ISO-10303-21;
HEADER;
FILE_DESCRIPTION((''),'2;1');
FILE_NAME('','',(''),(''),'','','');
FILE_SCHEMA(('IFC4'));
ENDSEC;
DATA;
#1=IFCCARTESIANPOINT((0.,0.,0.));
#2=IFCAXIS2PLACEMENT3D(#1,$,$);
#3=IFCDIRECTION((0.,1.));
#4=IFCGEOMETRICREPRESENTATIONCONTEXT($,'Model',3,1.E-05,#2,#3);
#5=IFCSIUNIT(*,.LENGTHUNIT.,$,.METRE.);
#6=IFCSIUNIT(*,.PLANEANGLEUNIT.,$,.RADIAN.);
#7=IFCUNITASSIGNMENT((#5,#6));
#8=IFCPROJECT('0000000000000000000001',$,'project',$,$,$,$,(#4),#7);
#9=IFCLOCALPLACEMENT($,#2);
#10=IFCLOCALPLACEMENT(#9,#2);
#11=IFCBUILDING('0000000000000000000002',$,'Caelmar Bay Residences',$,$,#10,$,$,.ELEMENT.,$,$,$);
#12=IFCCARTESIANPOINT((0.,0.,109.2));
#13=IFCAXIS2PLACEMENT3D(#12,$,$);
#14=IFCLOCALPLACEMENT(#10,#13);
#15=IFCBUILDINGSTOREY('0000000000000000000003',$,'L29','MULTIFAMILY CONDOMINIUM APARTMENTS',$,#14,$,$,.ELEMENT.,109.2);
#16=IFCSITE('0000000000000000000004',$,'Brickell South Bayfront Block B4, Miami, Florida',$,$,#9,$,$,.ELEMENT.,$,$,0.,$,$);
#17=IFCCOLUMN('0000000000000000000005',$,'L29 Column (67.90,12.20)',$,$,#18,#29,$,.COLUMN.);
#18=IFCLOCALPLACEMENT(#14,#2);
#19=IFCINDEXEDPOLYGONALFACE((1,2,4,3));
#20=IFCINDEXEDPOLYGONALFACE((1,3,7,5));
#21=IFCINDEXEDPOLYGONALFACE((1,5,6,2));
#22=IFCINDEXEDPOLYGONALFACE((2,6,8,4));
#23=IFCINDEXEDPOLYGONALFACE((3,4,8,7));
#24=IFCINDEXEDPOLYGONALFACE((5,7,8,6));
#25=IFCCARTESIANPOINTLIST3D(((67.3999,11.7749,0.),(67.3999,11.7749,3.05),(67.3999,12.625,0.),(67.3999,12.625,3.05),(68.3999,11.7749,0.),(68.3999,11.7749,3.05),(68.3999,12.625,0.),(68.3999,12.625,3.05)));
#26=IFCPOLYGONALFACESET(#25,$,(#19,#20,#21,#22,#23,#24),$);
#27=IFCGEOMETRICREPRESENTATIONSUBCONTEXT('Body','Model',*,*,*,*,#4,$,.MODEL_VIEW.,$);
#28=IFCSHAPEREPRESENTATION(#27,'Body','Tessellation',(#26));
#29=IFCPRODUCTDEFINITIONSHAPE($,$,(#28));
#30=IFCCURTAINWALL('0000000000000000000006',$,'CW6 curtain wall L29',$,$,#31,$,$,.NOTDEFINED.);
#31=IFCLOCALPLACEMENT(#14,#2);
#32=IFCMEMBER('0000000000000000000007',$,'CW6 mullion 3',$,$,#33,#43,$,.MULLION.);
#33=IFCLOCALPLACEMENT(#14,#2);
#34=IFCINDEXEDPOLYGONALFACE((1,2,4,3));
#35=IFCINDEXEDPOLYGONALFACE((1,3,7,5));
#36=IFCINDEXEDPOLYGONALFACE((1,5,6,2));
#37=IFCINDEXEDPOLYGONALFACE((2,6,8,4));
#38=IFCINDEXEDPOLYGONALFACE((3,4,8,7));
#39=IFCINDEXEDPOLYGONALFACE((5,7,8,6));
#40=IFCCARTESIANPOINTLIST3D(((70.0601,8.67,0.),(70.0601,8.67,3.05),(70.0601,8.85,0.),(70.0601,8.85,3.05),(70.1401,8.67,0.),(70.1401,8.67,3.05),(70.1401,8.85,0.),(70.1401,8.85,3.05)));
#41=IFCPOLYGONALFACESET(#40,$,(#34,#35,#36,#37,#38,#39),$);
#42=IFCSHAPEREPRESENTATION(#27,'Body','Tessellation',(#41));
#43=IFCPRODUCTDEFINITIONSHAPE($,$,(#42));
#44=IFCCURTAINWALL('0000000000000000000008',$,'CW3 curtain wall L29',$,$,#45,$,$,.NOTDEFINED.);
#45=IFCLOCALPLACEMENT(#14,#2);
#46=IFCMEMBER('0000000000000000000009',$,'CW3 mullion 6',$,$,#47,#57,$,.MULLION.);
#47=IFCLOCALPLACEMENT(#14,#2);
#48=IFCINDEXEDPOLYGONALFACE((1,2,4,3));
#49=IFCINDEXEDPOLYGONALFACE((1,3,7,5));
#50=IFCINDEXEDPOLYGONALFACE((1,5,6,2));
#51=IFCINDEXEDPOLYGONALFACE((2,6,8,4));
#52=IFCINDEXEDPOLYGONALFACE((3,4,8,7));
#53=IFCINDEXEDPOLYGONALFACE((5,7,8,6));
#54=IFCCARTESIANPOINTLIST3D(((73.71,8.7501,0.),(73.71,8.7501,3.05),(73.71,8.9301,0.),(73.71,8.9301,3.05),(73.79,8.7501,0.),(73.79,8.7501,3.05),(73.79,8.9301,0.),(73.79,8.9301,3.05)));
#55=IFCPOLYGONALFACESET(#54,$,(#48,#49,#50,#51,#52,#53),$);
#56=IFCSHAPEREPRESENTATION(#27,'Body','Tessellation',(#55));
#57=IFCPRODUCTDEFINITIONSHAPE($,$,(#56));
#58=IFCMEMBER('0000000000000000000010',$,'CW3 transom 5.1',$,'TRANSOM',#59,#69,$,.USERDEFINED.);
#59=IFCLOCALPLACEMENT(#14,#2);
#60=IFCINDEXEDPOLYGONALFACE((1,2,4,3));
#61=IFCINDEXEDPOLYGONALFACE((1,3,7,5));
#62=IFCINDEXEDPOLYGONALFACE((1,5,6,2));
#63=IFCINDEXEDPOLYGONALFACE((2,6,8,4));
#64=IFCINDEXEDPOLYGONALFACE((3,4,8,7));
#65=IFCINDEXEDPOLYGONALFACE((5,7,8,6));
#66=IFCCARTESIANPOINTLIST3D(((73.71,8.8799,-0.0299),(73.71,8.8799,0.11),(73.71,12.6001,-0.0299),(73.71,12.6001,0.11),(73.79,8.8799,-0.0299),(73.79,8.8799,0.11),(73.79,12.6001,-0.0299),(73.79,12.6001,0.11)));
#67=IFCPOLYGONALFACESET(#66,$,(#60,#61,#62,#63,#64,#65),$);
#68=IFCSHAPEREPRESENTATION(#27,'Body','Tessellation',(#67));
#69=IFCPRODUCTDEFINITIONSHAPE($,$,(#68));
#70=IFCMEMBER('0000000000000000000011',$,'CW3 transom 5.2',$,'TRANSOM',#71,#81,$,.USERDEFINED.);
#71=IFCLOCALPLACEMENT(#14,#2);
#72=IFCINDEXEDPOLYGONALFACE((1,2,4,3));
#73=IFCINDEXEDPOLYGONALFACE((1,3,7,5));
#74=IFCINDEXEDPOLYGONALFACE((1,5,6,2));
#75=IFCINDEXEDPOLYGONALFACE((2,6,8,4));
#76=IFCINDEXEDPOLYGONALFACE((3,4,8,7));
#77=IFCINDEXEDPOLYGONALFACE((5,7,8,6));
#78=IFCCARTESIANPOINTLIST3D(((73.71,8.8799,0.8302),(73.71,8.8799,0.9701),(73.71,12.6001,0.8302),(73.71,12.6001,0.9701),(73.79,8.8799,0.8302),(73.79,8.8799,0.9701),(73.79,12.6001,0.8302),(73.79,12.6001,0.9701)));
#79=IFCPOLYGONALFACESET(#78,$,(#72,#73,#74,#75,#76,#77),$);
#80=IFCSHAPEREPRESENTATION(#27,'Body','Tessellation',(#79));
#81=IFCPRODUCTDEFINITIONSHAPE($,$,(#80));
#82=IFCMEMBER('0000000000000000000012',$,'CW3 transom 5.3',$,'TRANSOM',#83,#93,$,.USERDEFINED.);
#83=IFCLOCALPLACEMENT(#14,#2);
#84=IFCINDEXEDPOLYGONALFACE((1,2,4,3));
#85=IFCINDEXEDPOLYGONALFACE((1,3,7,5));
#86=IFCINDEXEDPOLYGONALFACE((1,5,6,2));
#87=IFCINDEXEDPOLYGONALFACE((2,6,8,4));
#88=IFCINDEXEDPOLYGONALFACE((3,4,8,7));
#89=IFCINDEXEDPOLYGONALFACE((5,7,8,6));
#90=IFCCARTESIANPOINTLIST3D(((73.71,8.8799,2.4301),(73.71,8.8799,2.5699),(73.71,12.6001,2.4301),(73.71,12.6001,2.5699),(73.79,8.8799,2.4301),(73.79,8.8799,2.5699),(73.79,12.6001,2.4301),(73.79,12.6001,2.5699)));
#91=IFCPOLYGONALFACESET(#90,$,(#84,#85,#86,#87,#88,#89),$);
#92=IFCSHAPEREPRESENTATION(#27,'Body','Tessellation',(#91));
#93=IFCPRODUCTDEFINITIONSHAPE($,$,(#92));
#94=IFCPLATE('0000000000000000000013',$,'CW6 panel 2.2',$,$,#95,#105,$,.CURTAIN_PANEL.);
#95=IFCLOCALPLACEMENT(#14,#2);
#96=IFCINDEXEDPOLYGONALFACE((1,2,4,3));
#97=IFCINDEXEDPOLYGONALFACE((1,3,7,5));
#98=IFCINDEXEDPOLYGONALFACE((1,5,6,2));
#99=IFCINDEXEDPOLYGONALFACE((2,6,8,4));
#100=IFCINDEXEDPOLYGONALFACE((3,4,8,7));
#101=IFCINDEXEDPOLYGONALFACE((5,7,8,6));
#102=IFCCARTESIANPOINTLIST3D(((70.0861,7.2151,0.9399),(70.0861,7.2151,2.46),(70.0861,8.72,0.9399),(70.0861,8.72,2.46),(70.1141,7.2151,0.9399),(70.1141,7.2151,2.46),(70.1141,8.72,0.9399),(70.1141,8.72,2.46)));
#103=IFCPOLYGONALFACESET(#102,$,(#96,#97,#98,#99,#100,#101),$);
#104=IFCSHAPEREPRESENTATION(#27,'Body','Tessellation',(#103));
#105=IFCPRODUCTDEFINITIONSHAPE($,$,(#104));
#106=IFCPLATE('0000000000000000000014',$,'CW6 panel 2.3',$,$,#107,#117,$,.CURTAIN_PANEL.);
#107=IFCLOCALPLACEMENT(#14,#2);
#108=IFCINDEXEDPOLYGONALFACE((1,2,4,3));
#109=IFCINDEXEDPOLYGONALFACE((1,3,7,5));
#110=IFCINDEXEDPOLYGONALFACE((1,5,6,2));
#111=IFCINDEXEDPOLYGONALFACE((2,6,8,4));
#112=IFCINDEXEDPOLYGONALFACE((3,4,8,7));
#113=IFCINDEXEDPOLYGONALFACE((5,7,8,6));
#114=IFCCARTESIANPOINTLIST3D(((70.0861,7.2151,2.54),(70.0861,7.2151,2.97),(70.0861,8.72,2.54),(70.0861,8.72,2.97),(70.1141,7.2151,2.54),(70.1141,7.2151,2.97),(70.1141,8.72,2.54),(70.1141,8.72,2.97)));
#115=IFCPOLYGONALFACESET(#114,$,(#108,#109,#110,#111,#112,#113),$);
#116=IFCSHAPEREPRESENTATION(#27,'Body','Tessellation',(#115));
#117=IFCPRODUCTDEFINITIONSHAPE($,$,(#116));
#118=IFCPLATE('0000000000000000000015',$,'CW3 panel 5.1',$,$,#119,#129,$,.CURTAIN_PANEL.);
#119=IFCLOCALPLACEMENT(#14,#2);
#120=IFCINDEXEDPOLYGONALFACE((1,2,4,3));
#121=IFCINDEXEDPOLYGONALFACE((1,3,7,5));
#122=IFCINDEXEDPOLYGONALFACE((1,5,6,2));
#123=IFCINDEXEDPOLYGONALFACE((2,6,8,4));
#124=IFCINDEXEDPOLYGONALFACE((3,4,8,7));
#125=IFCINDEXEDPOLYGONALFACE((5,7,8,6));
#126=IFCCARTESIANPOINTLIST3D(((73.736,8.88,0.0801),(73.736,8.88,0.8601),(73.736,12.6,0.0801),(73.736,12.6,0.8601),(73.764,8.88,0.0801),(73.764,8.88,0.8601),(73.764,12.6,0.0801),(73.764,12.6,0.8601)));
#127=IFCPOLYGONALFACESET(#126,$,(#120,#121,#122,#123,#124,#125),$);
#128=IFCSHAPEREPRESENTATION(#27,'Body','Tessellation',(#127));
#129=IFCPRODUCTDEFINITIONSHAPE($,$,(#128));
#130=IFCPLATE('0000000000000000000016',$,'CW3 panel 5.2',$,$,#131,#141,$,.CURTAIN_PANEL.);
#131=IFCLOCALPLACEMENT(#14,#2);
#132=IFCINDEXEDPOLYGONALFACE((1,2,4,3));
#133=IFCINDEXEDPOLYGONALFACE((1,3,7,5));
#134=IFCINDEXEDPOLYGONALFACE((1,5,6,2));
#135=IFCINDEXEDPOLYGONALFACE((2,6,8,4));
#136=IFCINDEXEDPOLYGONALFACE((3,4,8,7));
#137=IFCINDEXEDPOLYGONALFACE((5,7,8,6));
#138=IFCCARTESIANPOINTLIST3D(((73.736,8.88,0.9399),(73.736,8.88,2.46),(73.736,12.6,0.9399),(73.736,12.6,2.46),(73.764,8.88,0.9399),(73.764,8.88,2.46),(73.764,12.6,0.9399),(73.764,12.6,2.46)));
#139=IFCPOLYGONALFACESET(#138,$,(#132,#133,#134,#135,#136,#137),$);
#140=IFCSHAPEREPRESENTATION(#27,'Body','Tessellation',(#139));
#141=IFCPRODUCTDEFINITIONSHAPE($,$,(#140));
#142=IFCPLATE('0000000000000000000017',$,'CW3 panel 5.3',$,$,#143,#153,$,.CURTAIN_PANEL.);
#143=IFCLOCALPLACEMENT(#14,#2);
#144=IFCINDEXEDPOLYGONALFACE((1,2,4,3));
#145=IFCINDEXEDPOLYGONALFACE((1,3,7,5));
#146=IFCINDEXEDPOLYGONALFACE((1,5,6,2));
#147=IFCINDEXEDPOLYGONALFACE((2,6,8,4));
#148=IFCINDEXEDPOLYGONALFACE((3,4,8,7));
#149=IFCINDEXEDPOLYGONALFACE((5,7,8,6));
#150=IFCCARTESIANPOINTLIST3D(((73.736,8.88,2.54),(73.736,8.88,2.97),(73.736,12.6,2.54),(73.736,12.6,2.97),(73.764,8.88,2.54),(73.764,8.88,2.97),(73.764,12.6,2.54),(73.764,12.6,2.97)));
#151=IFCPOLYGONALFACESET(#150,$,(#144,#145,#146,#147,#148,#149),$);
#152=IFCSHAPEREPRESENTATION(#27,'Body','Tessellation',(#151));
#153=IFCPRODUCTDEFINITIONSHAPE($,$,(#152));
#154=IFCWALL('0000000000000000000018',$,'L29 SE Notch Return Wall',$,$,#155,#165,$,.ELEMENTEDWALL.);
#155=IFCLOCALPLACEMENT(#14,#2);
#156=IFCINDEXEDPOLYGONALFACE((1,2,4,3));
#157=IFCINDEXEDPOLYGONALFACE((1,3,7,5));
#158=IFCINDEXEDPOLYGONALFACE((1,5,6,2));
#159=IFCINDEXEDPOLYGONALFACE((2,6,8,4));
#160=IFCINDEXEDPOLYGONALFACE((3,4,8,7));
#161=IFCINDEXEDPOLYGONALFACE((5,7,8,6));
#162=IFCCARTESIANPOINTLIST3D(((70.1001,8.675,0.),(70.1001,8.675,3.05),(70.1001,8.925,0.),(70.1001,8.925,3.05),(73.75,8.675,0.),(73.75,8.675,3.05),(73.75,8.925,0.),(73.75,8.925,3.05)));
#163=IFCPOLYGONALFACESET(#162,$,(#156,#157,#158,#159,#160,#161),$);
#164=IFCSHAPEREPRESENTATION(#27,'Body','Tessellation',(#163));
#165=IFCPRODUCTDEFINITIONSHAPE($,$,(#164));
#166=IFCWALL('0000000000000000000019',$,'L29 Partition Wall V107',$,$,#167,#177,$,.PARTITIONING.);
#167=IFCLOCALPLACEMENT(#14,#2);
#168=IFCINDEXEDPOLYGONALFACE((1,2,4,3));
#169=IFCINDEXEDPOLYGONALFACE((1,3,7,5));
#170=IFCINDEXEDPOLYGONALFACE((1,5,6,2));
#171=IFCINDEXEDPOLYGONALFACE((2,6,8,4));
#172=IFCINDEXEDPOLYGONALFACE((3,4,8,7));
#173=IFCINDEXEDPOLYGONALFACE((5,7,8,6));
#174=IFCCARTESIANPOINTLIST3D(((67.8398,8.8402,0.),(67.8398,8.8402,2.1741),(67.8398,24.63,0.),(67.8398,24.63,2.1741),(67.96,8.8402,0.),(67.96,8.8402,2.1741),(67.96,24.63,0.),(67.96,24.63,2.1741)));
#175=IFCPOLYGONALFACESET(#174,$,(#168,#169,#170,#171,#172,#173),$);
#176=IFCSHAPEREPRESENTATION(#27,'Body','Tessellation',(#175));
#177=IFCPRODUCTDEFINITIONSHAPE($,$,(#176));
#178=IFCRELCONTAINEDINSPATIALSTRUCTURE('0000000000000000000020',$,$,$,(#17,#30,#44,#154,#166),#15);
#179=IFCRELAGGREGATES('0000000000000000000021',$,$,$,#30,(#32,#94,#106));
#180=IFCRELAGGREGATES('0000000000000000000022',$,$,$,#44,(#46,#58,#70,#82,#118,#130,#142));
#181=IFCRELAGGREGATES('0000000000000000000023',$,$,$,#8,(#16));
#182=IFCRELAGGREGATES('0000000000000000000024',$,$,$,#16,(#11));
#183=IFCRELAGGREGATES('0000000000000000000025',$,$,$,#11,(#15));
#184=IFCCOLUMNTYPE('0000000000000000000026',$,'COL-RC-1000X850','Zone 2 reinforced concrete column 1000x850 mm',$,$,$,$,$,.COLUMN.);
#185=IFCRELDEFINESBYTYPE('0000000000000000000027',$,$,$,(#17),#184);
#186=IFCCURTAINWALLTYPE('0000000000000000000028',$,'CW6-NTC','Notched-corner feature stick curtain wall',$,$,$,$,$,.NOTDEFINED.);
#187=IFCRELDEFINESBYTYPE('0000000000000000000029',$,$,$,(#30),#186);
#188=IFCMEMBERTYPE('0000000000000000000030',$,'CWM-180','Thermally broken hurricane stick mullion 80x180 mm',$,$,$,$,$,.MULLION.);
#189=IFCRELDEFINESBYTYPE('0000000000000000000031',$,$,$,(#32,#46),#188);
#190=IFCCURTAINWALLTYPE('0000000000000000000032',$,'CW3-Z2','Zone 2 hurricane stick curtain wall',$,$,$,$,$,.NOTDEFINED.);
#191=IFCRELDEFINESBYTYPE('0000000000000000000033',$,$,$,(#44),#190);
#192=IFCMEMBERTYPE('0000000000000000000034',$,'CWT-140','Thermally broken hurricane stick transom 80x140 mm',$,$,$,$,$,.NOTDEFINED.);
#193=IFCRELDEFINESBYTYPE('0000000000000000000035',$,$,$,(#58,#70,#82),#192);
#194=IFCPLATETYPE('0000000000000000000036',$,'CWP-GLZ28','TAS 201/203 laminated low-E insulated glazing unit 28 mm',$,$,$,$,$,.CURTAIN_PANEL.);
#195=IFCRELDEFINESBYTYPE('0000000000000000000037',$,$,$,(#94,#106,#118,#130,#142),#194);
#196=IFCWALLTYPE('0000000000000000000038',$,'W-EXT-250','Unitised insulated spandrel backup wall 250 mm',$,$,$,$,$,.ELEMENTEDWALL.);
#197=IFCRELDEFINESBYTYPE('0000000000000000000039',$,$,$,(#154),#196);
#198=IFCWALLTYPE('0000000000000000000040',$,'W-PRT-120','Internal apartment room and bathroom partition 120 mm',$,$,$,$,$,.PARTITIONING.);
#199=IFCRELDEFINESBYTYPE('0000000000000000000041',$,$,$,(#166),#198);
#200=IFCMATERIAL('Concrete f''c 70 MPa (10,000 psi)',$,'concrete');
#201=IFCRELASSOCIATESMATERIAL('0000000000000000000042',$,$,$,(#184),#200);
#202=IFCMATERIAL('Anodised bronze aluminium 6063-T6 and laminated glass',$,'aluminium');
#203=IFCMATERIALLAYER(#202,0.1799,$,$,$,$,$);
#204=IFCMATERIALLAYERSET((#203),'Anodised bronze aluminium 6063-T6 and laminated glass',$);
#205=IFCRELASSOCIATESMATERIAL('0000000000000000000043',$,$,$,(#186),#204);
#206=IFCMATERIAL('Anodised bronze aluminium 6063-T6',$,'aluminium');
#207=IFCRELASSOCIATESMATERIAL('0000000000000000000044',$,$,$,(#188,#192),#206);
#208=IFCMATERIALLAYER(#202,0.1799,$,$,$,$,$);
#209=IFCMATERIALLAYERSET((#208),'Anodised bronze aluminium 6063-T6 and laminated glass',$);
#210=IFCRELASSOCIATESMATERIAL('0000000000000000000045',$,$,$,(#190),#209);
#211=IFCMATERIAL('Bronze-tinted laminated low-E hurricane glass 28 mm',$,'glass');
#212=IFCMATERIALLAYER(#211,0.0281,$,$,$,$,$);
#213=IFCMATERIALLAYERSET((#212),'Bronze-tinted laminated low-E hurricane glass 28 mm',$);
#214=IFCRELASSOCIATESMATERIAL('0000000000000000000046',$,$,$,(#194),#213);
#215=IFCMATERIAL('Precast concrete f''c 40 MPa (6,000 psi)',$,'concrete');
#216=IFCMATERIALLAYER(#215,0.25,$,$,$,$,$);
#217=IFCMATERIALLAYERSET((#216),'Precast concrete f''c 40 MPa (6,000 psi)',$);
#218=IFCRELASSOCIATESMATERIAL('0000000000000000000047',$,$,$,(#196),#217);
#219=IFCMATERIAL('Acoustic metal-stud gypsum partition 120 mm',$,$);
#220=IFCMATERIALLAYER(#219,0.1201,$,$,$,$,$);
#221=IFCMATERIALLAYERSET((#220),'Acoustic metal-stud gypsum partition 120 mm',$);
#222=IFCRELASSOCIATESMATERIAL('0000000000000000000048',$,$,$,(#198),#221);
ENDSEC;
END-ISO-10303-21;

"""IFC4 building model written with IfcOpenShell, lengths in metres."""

from ifc_helpers import new_model, si_unit, direction, frame, frame_2d, origin, origin_2d, place, context, subcontext, project, spatial, rectangle, extrude, material, layer, layer_set, material_profile, profile_set, type_object, element, aggregate, save


model = new_model("IFC4")

# Units and contexts
model_context = context("Model", 3, precision=1e-05, world=origin(), true_north=direction((0.0, 1.0)))
body_context = subcontext(model_context, "Body", "Model", "MODEL_VIEW")
ifc_project = project(units=[si_unit("LENGTHUNIT", "METRE"), si_unit("PLANEANGLEUNIT", "RADIAN")], contexts=[model_context])

# Site, building, storey
site_placement = place(None, origin())
site = spatial("IfcSite", under=ifc_project, at=site_placement, Name="Brickell South Bayfront Block B4, Miami, Florida", CompositionType="ELEMENT", RefElevation=0.0)
building_placement = place(site_placement, origin())
building = spatial("IfcBuilding", under=site, at=building_placement, Name="Caelmar Bay Residences", CompositionType="ELEMENT")
storey_placement = place(building_placement, frame((0.0, 0.0, 109.2)))
storey = spatial("IfcBuildingStorey", under=building, at=storey_placement, Name="L29", Description="MULTIFAMILY CONDOMINIUM APARTMENTS", CompositionType="ELEMENT", Elevation=109.2)

# Column
ifc_material_1 = material(Name="Concrete f'c 70 MPa (10,000 psi)", Category="concrete")
ifc_material_profile_1 = material_profile(ifc_material_1, rectangle(XDim=1.0, YDim=0.8501, at=origin_2d()), Name="RC-COL-1000X850")
ifc_profile_set_1 = profile_set([ifc_material_profile_1], Name="Concrete f'c 70 MPa (10,000 psi)")
column_type = type_object("IfcColumnType", Name="COL-RC-1000X850", Description="Zone 2 reinforced concrete column 1000x850 mm", PredefinedType="COLUMN", material=ifc_profile_set_1)
column_placement = place(storey_placement, frame((67.8999, 12.2, 0.0), z_axis=(0.0, 0.0, 1.0), x_axis=(1.0, 0.0, 0.0)))
element("IfcColumn", 1, at=column_placement, inside=storey, type_object=column_type, Name="L29 Column (67.90,12.20)", PredefinedType="COLUMN", context=body_context, shape_type="SweptSolid", body=[
    extrude(rectangle(XDim=1.0, YDim=0.8501, at=origin_2d()), origin(), (0.0, 0.0, 1.0), 3.05),
])

# Curtain wall, member
ifc_material_2 = material(Name="Anodised bronze aluminium 6063-T6 and laminated glass", Category="aluminium")
ifc_layer_1 = layer(ifc_material_2, 0.1799)
ifc_layer_set_1 = layer_set([ifc_layer_1], Name="Anodised bronze aluminium 6063-T6 and laminated glass")
curtain_wall_type_1 = type_object("IfcCurtainWallType", Name="CW6-NTC", Description="Notched-corner feature stick curtain wall", PredefinedType="NOTDEFINED", material=ifc_layer_set_1)
curtain_wall_1_placement = place(storey_placement, origin())
curtain_wall_1 = element("IfcCurtainWall", 2, at=curtain_wall_1_placement, inside=storey, type_object=curtain_wall_type_1, Name="CW6 curtain wall L29", PredefinedType="NOTDEFINED")
ifc_material_3 = material(Name="Anodised bronze aluminium 6063-T6", Category="aluminium")
ifc_material_profile_2 = material_profile(ifc_material_3, rectangle(XDim=0.0801, YDim=0.1799, at=origin_2d()), Name="CWM-80X180")
ifc_profile_set_2 = profile_set([ifc_material_profile_2], Name="Anodised bronze aluminium 6063-T6")
member_type_1 = type_object("IfcMemberType", Name="CWM-180", Description="Thermally broken hurricane stick mullion 80x180 mm", PredefinedType="MULLION", material=ifc_profile_set_2)
member_1_placement = place(storey_placement, frame((70.1001, 8.76, 0.0), z_axis=(0.0, 0.0, 1.0), x_axis=(-1.0, 0.0, 0.0)))
member_1 = element("IfcMember", 3, at=member_1_placement, type_object=member_type_1, Name="CW6 mullion 3", PredefinedType="MULLION", context=body_context, shape_type="SweptSolid", body=[
    extrude(rectangle(XDim=0.0801, YDim=0.1799, at=origin_2d()), origin(), (0.0, 0.0, 1.0), 3.05),
])

# Curtain wall, members
ifc_layer_2 = layer(ifc_material_2, 0.1799)
ifc_layer_set_2 = layer_set([ifc_layer_2], Name="Anodised bronze aluminium 6063-T6 and laminated glass")
curtain_wall_type_2 = type_object("IfcCurtainWallType", Name="CW3-Z2", Description="Zone 2 hurricane stick curtain wall", PredefinedType="NOTDEFINED", material=ifc_layer_set_2)
curtain_wall_2_placement = place(storey_placement, origin())
curtain_wall_2 = element("IfcCurtainWall", 4, at=curtain_wall_2_placement, inside=storey, type_object=curtain_wall_type_2, Name="CW3 curtain wall L29", PredefinedType="NOTDEFINED")
member_2_placement = place(storey_placement, frame((73.75, 8.8401, 0.0), z_axis=(0.0, 0.0, 1.0), x_axis=(1.0, 0.0, 0.0)))
member_2 = element("IfcMember", 5, at=member_2_placement, type_object=member_type_1, Name="CW3 mullion 6", PredefinedType="MULLION", context=body_context, shape_type="SweptSolid", body=[
    extrude(rectangle(XDim=0.0801, YDim=0.1799, at=origin_2d()), origin(), (0.0, 0.0, 1.0), 3.05),
])
ifc_material_profile_3 = material_profile(ifc_material_3, rectangle(XDim=0.0801, YDim=0.1399, at=origin_2d()), Name="CWT-80X140")
ifc_profile_set_3 = profile_set([ifc_material_profile_3], Name="Anodised bronze aluminium 6063-T6")
member_type_2 = type_object("IfcMemberType", Name="CWT-140", Description="Thermally broken hurricane stick transom 80x140 mm", PredefinedType="NOTDEFINED", material=ifc_profile_set_3)
member_3_placement = place(storey_placement, frame((73.75, 12.6001, 0.04), z_axis=(0.0, -1.0, 0.0), x_axis=(1.0, 0.0, 0.0)))
member_3 = element("IfcMember", 6, at=member_3_placement, type_object=member_type_2, Name="CW3 transom 5.1", ObjectType="TRANSOM", PredefinedType="USERDEFINED", context=body_context, shape_type="SweptSolid", body=[
    extrude(rectangle(XDim=0.0801, YDim=0.1399, at=origin_2d()), origin(), (0.0, 0.0, 1.0), 3.7202),
])
member_4_placement = place(storey_placement, frame((73.75, 12.6001, 0.9001), z_axis=(0.0, -1.0, 0.0), x_axis=(1.0, 0.0, 0.0)))
member_4 = element("IfcMember", 7, at=member_4_placement, type_object=member_type_2, Name="CW3 transom 5.2", ObjectType="TRANSOM", PredefinedType="USERDEFINED", context=body_context, shape_type="SweptSolid", body=[
    extrude(rectangle(XDim=0.0801, YDim=0.1399, at=origin_2d()), origin(), (0.0, 0.0, 1.0), 3.7202),
])
member_5_placement = place(storey_placement, frame((73.75, 12.6001, 2.5), z_axis=(0.0, -1.0, 0.0), x_axis=(1.0, 0.0, 0.0)))
member_5 = element("IfcMember", 8, at=member_5_placement, type_object=member_type_2, Name="CW3 transom 5.3", ObjectType="TRANSOM", PredefinedType="USERDEFINED", context=body_context, shape_type="SweptSolid", body=[
    extrude(rectangle(XDim=0.0801, YDim=0.1399, at=origin_2d()), origin(), (0.0, 0.0, 1.0), 3.7202),
])

# Plates
ifc_material_4 = material(Name="Bronze-tinted laminated low-E hurricane glass 28 mm", Category="glass")
ifc_layer_3 = layer(ifc_material_4, 0.0281)
ifc_layer_set_3 = layer_set([ifc_layer_3], Name="Bronze-tinted laminated low-E hurricane glass 28 mm")
plate_type = type_object("IfcPlateType", Name="CWP-GLZ28", Description="TAS 201/203 laminated low-E insulated glazing unit 28 mm", PredefinedType="CURTAIN_PANEL", material=ifc_layer_set_3)
plate_1_placement = place(storey_placement, frame((70.1001, 7.9675, 0.9399), z_axis=(0.0, 0.0, 1.0), x_axis=(0.0, 1.0, 0.0)))
plate_1 = element("IfcPlate", 9, at=plate_1_placement, type_object=plate_type, Name="CW6 panel 2.2", PredefinedType="CURTAIN_PANEL", context=body_context, shape_type="SweptSolid", body=[
    extrude(rectangle(XDim=1.5049, YDim=0.0281, at=origin_2d()), origin(), (0.0, 0.0, 1.0), 1.52),
])
plate_2_placement = place(storey_placement, frame((70.1001, 7.9675, 2.54), z_axis=(0.0, 0.0, 1.0), x_axis=(0.0, 1.0, 0.0)))
plate_2 = element("IfcPlate", 10, at=plate_2_placement, type_object=plate_type, Name="CW6 panel 2.3", PredefinedType="CURTAIN_PANEL", context=body_context, shape_type="SweptSolid", body=[
    extrude(rectangle(XDim=1.5049, YDim=0.0281, at=origin_2d()), origin(), (0.0, 0.0, 1.0), 0.4299),
])
aggregate(curtain_wall_1, [member_1, plate_1, plate_2])
plate_3_placement = place(storey_placement, frame((73.75, 10.74, 0.0801), z_axis=(0.0, 0.0, 1.0), x_axis=(0.0, -1.0, 0.0)))
plate_3 = element("IfcPlate", 11, at=plate_3_placement, type_object=plate_type, Name="CW3 panel 5.1", PredefinedType="CURTAIN_PANEL", context=body_context, shape_type="SweptSolid", body=[
    extrude(rectangle(XDim=3.72, YDim=0.0281, at=origin_2d()), origin(), (0.0, 0.0, 1.0), 0.78),
])
plate_4_placement = place(storey_placement, frame((73.75, 10.74, 0.9399), z_axis=(0.0, 0.0, 1.0), x_axis=(0.0, -1.0, 0.0)))
plate_4 = element("IfcPlate", 12, at=plate_4_placement, type_object=plate_type, Name="CW3 panel 5.2", PredefinedType="CURTAIN_PANEL", context=body_context, shape_type="SweptSolid", body=[
    extrude(rectangle(XDim=3.72, YDim=0.0281, at=origin_2d()), origin(), (0.0, 0.0, 1.0), 1.52),
])
plate_5_placement = place(storey_placement, frame((73.75, 10.74, 2.54), z_axis=(0.0, 0.0, 1.0), x_axis=(0.0, -1.0, 0.0)))
plate_5 = element("IfcPlate", 13, at=plate_5_placement, type_object=plate_type, Name="CW3 panel 5.3", PredefinedType="CURTAIN_PANEL", context=body_context, shape_type="SweptSolid", body=[
    extrude(rectangle(XDim=3.72, YDim=0.0281, at=origin_2d()), origin(), (0.0, 0.0, 1.0), 0.4299),
])
aggregate(curtain_wall_2, [member_2, member_3, member_4, member_5, plate_3, plate_4, plate_5])

# Walls
ifc_material_5 = material(Name="Precast concrete f'c 40 MPa (6,000 psi)", Category="concrete")
ifc_layer_4 = layer(ifc_material_5, 0.25)
ifc_layer_set_4 = layer_set([ifc_layer_4], Name="Precast concrete f'c 40 MPa (6,000 psi)")
wall_type_1 = type_object("IfcWallType", Name="W-EXT-250", Description="Unitised insulated spandrel backup wall 250 mm", PredefinedType="ELEMENTEDWALL", material=ifc_layer_set_4)
wall_1_placement = place(storey_placement, frame((70.1001, 8.8, 0.0), z_axis=(0.0, 0.0, 1.0), x_axis=(1.0, 0.0, 0.0)))
element("IfcWall", 14, at=wall_1_placement, inside=storey, type_object=wall_type_1, Name="L29 SE Notch Return Wall", PredefinedType="ELEMENTEDWALL", context=body_context, shape_type="SweptSolid", body=[
    extrude(rectangle(XDim=3.6499, YDim=0.25, at=frame_2d((1.825, 0.0))), origin(), (0.0, 0.0, 1.0), 3.05),
])
ifc_material_6 = material(Name="Acoustic metal-stud gypsum partition 120 mm")
ifc_layer_5 = layer(ifc_material_6, 0.1201)
ifc_layer_set_5 = layer_set([ifc_layer_5], Name="Acoustic metal-stud gypsum partition 120 mm")
wall_type_2 = type_object("IfcWallType", Name="W-PRT-120", Description="Internal apartment room and bathroom partition 120 mm", PredefinedType="PARTITIONING", material=ifc_layer_set_5)
wall_2_placement = place(storey_placement, frame((67.8999, 8.8401, 0.0), z_axis=(0.0, 0.0, 1.0), x_axis=(0.0, 1.0, 0.0)))
element("IfcWall", 15, at=wall_2_placement, inside=storey, type_object=wall_type_2, Name="L29 Partition Wall V107", PredefinedType="PARTITIONING", context=body_context, shape_type="SweptSolid", body=[
    extrude(rectangle(XDim=15.7898, YDim=0.1201, at=frame_2d((7.895, 0.0))), origin(), (0.0, 0.0, 1.0), 2.1741),
])

save(model, "model.ifc")
